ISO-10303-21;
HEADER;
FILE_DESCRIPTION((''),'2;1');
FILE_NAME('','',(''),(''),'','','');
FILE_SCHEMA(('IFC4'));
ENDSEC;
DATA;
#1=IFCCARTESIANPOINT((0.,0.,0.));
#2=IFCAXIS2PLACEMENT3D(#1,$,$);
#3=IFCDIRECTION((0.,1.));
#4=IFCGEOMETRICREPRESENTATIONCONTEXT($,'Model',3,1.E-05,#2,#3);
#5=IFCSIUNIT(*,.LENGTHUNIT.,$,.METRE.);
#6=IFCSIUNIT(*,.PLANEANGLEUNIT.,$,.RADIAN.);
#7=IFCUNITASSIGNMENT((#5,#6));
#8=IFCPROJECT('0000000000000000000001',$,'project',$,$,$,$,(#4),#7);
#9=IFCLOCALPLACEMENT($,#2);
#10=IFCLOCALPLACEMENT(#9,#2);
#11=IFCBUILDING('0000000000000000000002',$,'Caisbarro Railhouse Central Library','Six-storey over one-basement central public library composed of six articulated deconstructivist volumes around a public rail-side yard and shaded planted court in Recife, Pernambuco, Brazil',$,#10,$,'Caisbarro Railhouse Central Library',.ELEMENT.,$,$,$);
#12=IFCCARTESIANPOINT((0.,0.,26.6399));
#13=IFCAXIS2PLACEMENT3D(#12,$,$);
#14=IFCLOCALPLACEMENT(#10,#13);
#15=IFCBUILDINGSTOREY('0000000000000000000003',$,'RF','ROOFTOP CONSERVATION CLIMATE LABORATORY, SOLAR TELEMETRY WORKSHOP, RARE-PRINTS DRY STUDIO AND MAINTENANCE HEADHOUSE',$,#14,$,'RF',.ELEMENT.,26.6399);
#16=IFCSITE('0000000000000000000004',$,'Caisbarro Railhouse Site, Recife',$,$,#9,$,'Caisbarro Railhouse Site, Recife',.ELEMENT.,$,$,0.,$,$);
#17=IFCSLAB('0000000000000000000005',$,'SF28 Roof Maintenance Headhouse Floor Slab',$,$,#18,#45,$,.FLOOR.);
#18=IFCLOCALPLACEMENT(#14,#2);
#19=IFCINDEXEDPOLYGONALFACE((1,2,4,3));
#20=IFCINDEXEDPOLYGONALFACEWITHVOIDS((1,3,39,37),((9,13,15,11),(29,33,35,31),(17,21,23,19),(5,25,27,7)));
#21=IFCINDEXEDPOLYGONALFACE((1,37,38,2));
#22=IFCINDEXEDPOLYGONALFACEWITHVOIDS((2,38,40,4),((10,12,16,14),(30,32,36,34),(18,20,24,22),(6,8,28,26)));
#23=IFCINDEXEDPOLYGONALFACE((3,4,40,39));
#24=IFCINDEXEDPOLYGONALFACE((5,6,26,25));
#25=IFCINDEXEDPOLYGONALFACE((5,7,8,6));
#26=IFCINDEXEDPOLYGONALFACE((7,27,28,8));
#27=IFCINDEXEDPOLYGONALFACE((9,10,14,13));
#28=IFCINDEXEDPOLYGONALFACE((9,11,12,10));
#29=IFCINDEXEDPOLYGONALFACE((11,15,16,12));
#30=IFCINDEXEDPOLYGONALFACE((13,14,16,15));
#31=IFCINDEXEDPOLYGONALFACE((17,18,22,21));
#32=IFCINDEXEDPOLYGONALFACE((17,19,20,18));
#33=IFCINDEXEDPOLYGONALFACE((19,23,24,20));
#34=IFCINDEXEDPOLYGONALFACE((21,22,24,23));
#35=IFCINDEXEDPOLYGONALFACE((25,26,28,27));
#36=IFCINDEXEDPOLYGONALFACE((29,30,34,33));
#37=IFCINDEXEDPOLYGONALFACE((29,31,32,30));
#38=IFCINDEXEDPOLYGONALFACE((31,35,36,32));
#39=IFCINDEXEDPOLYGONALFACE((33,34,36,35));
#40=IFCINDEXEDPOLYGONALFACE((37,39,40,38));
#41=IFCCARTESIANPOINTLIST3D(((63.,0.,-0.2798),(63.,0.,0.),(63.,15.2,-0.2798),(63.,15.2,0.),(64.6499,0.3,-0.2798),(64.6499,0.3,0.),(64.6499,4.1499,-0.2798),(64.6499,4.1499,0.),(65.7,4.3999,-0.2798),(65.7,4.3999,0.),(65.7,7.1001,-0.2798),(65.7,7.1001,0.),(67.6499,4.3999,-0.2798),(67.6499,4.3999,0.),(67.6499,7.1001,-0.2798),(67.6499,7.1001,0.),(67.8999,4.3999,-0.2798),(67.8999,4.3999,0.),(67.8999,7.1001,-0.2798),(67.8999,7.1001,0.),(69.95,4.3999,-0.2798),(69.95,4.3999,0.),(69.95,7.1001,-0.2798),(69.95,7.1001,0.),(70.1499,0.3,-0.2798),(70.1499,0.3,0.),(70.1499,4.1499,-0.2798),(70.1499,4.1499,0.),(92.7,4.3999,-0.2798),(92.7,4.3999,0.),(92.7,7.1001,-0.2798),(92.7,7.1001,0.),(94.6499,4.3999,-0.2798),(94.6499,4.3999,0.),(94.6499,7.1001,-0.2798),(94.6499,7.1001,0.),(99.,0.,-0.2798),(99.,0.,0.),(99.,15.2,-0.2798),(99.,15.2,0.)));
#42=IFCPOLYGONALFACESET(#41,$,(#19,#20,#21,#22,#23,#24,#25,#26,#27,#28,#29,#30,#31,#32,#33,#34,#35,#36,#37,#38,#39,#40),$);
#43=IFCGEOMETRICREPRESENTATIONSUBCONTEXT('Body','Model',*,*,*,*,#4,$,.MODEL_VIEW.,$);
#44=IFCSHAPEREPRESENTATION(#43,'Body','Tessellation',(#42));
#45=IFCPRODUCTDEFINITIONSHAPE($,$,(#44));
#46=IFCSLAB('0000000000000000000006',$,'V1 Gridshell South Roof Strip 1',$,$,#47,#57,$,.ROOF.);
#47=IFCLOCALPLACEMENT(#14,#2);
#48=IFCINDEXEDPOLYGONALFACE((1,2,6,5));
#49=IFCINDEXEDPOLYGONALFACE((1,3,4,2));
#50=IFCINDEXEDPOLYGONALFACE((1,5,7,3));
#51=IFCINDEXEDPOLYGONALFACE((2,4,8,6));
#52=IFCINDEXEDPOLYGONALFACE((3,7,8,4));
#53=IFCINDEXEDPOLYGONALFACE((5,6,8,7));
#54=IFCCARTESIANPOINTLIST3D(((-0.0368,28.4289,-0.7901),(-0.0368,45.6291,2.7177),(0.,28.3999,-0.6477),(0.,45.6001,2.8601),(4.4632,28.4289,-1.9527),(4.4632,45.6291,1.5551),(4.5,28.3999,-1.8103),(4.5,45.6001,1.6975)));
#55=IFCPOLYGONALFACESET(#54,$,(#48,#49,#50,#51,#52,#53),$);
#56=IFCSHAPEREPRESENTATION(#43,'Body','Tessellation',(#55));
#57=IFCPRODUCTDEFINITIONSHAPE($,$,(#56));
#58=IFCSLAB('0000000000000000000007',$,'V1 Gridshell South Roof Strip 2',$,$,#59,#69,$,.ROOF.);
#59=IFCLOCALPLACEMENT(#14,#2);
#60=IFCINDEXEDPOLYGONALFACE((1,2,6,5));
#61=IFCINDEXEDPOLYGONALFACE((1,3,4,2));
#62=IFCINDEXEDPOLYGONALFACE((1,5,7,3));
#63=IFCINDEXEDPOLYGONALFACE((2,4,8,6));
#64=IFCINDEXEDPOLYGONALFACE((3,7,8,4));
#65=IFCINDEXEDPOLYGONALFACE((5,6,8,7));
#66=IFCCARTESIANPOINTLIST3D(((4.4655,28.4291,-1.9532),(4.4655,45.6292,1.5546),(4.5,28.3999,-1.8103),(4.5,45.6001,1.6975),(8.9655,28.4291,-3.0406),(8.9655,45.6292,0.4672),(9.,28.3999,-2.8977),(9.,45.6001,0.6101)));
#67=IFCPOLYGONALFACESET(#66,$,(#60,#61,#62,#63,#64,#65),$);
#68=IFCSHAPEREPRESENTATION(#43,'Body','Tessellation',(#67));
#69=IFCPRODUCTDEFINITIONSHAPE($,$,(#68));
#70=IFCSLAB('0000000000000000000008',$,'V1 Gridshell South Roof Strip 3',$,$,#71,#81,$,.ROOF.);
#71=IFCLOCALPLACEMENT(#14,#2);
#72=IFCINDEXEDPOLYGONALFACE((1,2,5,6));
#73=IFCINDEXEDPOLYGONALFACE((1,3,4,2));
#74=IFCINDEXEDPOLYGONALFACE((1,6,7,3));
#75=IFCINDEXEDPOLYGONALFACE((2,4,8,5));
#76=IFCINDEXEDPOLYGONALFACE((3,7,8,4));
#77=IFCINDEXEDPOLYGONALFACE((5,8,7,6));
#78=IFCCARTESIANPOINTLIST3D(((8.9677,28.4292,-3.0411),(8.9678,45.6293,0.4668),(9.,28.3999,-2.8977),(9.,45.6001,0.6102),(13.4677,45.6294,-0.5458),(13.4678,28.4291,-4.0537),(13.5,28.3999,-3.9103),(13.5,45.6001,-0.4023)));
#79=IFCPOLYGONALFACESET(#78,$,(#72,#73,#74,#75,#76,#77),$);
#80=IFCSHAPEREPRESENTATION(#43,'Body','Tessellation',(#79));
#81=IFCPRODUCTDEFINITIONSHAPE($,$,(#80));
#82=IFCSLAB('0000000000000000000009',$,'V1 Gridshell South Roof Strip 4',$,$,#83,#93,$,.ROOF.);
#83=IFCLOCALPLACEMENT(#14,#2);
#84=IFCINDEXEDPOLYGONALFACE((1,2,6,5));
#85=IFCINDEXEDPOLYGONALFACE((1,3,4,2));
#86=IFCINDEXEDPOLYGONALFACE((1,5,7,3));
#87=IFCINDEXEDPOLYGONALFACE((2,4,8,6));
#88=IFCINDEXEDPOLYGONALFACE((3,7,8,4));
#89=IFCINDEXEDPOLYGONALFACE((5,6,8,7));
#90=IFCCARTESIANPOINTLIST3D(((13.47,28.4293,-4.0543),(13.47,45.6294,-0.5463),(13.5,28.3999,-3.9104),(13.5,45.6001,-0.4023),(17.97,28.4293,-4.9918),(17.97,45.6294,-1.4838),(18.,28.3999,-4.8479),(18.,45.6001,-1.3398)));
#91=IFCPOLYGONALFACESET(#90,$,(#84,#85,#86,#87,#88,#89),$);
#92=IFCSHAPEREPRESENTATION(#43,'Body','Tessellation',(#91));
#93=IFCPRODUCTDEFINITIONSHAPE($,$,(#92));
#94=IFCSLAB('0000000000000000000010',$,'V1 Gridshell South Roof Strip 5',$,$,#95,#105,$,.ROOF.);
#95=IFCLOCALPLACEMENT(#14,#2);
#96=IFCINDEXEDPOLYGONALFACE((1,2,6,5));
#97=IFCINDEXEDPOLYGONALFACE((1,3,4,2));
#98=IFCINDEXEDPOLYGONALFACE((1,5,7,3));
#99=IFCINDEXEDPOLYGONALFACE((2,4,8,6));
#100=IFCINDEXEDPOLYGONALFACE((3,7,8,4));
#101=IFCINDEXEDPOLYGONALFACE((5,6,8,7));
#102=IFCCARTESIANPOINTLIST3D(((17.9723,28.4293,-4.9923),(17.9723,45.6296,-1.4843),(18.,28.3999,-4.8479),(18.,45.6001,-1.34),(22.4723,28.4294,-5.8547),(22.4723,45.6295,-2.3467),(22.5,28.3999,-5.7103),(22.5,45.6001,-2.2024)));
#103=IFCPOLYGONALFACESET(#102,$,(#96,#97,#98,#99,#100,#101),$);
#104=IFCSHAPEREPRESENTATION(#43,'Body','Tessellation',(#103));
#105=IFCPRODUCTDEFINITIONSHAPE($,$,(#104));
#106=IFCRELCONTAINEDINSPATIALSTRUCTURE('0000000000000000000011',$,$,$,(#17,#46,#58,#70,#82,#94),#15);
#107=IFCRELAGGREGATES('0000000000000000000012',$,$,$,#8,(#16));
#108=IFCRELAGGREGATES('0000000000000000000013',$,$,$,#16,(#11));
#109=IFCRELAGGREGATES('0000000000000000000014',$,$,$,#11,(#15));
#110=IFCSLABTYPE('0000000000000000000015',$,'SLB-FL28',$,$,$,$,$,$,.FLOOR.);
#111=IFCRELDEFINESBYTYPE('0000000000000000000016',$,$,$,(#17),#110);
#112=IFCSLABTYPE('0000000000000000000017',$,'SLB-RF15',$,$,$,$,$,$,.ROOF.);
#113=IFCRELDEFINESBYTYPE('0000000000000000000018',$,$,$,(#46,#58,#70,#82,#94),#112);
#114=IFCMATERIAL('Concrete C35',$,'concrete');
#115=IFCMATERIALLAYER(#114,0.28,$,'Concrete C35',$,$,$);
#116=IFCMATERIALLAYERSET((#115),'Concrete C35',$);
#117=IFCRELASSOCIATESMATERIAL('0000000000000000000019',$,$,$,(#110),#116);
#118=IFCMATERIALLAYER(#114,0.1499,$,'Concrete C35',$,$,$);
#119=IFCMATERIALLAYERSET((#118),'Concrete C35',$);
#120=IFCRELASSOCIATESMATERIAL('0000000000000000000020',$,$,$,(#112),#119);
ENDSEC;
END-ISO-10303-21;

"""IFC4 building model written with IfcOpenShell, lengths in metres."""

from ifc_helpers import new_model, si_unit, direction, frame, origin, place, context, subcontext, project, spatial, polyline, outline, extrude, material, layer, layer_set, type_object, element, save


model = new_model("IFC4")

# Units and contexts
model_context = context("Model", 3, precision=1e-05, world=origin(), true_north=direction((0.0, 1.0)))
body_context = subcontext(model_context, "Body", "Model", "MODEL_VIEW")
ifc_project = project(units=[si_unit("LENGTHUNIT", "METRE"), si_unit("PLANEANGLEUNIT", "RADIAN")], contexts=[model_context])

# Site, building, storey
site_placement = place(None, origin())
site = spatial("IfcSite", under=ifc_project, at=site_placement, Name="Caisbarro Railhouse Site, Recife", LongName="Caisbarro Railhouse Site, Recife", CompositionType="ELEMENT", RefElevation=0.0)
building_placement = place(site_placement, origin())
building = spatial("IfcBuilding", under=site, at=building_placement, Name="Caisbarro Railhouse Central Library", Description="Six-storey over one-basement central public library composed of six articulated deconstructivist volumes around a public rail-side yard and shaded planted court in Recife, Pernambuco, Brazil", LongName="Caisbarro Railhouse Central Library", CompositionType="ELEMENT")
storey_placement = place(building_placement, frame((0.0, 0.0, 26.6399)))
storey = spatial("IfcBuildingStorey", under=building, at=storey_placement, Name="RF", Description="ROOFTOP CONSERVATION CLIMATE LABORATORY, SOLAR TELEMETRY WORKSHOP, RARE-PRINTS DRY STUDIO AND MAINTENANCE HEADHOUSE", LongName="RF", CompositionType="ELEMENT", Elevation=26.6399)

# Slabs
ifc_material_1 = material(Name="Concrete C35", Category="concrete")
ifc_layer_1 = layer(ifc_material_1, 0.28, Name="Concrete C35")
ifc_layer_set_1 = layer_set([ifc_layer_1], Name="Concrete C35")
slab_type_1 = type_object("IfcSlabType", Name="SLB-FL28", PredefinedType="FLOOR", material=ifc_layer_set_1)
slab_1_placement = place(storey_placement, frame((0.0, 0.0, -0.2798)))
element("IfcSlab", 1, at=slab_1_placement, inside=storey, type_object=slab_type_1, Name="SF28 Roof Maintenance Headhouse Floor Slab", PredefinedType="FLOOR", context=body_context, shape_type="SweptSolid", body=[
    extrude(outline(polyline([(63.0, 0.0), (99.0, 0.0), (99.0, 15.2), (63.0, 15.2), (63.0, 0.0)]), holes=[polyline([(64.6499, 0.3), (70.1499, 0.3), (70.1499, 4.1499), (64.6499, 4.1499), (64.6499, 0.3)]), polyline([(65.7, 4.3999), (67.6499, 4.3999), (67.6499, 7.1001), (65.7, 7.1001), (65.7, 4.3999)]), polyline([(67.8999, 4.3999), (69.95, 4.3999), (69.95, 7.1001), (67.8999, 7.1001), (67.8999, 4.3999)]), polyline([(92.7, 4.3999), (94.6499, 4.3999), (94.6499, 7.1001), (92.7, 7.1001), (92.7, 4.3999)])]), origin(), (0.0, 0.0, 1.0), 0.2798),
])
ifc_layer_2 = layer(ifc_material_1, 0.1499, Name="Concrete C35")
ifc_layer_set_2 = layer_set([ifc_layer_2], Name="Concrete C35")
slab_type_2 = type_object("IfcSlabType", Name="SLB-RF15", PredefinedType="ROOF", material=ifc_layer_set_2)
slab_2_placement = place(storey_placement, frame((0.0, 28.3999, -0.6477), z_axis=(0.245403, -0.193717, 0.949869), x_axis=(0.968209, 0.0, -0.250142)))
element("IfcSlab", 2, at=slab_2_placement, inside=storey, type_object=slab_type_2, Name="V1 Gridshell South Roof Strip 1", PredefinedType="ROOF", context=body_context, shape_type="SweptSolid", body=[
    extrude(outline(polyline([(0.0, 0.0), (4.6478, 0.0), (3.7703, 17.5323), (-0.8775, 17.5323), (0.0, 0.0)])), origin(), (0.0, 0.0, -1.0), 0.1499),
])
slab_3_placement = place(storey_placement, frame((4.5, 28.3999, -1.8103), z_axis=(0.230401, -0.194451, 0.95347), x_axis=(0.972023, 0.0, -0.234885)))
element("IfcSlab", 3, at=slab_3_placement, inside=storey, type_object=slab_type_2, Name="V1 Gridshell South Roof Strip 2", PredefinedType="ROOF", context=body_context, shape_type="SweptSolid", body=[
    extrude(outline(polyline([(0.0, 0.0), (4.6295, 0.0), (3.8056, 17.5349), (-0.8239, 17.5349), (0.0, 0.0)])), origin(), (0.0, 0.0, -1.0), 0.1499),
])
slab_4_placement = place(storey_placement, frame((9.0, 28.3999, -2.8977), z_axis=(0.215307, -0.195147, 0.956849), x_axis=(0.975606, -0.000005, -0.219528)))
element("IfcSlab", 4, at=slab_4_placement, inside=storey, type_object=slab_type_2, Name="V1 Gridshell South Roof Strip 3", PredefinedType="ROOF", context=body_context, shape_type="SweptSolid", body=[
    extrude(outline(polyline([(0.0, 0.0), (4.6125, 0.0), (3.8423, 17.5374), (-0.7701, 17.5373), (0.0, 0.0)])), origin(), (0.0, 0.0, -1.0), 0.1499),
])
slab_5_placement = place(storey_placement, frame((13.5, 28.3999, -3.9104), z_axis=(0.200006, -0.195803, 0.960031), x_axis=(0.97898, 0.0, -0.203954)))
element("IfcSlab", 5, at=slab_5_placement, inside=storey, type_object=slab_type_2, Name="V1 Gridshell South Roof Strip 4", PredefinedType="ROOF", context=body_context, shape_type="SweptSolid", body=[
    extrude(outline(polyline([(0.0, 0.0), (4.5966, 0.0), (3.8811, 17.5397), (-0.7155, 17.5397), (0.0, 0.0)])), origin(), (0.0, 0.0, -1.0), 0.1499),
])
slab_6_placement = place(storey_placement, frame((18.0, 28.3999, -4.8479), z_axis=(0.184559, -0.196401, 0.962998), x_axis=(0.982126, 0.000005, -0.188224)))
element("IfcSlab", 6, at=slab_6_placement, inside=storey, type_object=slab_type_2, Name="V1 Gridshell South Roof Strip 5", PredefinedType="ROOF", context=body_context, shape_type="SweptSolid", body=[
    extrude(outline(polyline([(0.0, 0.0), (4.5819, 0.0), (3.9217, 17.5418), (-0.6602, 17.5419), (0.0, 0.0)])), origin(), (0.0, 0.0, -1.0), 0.1499),
])

save(model, "model.ifc")
